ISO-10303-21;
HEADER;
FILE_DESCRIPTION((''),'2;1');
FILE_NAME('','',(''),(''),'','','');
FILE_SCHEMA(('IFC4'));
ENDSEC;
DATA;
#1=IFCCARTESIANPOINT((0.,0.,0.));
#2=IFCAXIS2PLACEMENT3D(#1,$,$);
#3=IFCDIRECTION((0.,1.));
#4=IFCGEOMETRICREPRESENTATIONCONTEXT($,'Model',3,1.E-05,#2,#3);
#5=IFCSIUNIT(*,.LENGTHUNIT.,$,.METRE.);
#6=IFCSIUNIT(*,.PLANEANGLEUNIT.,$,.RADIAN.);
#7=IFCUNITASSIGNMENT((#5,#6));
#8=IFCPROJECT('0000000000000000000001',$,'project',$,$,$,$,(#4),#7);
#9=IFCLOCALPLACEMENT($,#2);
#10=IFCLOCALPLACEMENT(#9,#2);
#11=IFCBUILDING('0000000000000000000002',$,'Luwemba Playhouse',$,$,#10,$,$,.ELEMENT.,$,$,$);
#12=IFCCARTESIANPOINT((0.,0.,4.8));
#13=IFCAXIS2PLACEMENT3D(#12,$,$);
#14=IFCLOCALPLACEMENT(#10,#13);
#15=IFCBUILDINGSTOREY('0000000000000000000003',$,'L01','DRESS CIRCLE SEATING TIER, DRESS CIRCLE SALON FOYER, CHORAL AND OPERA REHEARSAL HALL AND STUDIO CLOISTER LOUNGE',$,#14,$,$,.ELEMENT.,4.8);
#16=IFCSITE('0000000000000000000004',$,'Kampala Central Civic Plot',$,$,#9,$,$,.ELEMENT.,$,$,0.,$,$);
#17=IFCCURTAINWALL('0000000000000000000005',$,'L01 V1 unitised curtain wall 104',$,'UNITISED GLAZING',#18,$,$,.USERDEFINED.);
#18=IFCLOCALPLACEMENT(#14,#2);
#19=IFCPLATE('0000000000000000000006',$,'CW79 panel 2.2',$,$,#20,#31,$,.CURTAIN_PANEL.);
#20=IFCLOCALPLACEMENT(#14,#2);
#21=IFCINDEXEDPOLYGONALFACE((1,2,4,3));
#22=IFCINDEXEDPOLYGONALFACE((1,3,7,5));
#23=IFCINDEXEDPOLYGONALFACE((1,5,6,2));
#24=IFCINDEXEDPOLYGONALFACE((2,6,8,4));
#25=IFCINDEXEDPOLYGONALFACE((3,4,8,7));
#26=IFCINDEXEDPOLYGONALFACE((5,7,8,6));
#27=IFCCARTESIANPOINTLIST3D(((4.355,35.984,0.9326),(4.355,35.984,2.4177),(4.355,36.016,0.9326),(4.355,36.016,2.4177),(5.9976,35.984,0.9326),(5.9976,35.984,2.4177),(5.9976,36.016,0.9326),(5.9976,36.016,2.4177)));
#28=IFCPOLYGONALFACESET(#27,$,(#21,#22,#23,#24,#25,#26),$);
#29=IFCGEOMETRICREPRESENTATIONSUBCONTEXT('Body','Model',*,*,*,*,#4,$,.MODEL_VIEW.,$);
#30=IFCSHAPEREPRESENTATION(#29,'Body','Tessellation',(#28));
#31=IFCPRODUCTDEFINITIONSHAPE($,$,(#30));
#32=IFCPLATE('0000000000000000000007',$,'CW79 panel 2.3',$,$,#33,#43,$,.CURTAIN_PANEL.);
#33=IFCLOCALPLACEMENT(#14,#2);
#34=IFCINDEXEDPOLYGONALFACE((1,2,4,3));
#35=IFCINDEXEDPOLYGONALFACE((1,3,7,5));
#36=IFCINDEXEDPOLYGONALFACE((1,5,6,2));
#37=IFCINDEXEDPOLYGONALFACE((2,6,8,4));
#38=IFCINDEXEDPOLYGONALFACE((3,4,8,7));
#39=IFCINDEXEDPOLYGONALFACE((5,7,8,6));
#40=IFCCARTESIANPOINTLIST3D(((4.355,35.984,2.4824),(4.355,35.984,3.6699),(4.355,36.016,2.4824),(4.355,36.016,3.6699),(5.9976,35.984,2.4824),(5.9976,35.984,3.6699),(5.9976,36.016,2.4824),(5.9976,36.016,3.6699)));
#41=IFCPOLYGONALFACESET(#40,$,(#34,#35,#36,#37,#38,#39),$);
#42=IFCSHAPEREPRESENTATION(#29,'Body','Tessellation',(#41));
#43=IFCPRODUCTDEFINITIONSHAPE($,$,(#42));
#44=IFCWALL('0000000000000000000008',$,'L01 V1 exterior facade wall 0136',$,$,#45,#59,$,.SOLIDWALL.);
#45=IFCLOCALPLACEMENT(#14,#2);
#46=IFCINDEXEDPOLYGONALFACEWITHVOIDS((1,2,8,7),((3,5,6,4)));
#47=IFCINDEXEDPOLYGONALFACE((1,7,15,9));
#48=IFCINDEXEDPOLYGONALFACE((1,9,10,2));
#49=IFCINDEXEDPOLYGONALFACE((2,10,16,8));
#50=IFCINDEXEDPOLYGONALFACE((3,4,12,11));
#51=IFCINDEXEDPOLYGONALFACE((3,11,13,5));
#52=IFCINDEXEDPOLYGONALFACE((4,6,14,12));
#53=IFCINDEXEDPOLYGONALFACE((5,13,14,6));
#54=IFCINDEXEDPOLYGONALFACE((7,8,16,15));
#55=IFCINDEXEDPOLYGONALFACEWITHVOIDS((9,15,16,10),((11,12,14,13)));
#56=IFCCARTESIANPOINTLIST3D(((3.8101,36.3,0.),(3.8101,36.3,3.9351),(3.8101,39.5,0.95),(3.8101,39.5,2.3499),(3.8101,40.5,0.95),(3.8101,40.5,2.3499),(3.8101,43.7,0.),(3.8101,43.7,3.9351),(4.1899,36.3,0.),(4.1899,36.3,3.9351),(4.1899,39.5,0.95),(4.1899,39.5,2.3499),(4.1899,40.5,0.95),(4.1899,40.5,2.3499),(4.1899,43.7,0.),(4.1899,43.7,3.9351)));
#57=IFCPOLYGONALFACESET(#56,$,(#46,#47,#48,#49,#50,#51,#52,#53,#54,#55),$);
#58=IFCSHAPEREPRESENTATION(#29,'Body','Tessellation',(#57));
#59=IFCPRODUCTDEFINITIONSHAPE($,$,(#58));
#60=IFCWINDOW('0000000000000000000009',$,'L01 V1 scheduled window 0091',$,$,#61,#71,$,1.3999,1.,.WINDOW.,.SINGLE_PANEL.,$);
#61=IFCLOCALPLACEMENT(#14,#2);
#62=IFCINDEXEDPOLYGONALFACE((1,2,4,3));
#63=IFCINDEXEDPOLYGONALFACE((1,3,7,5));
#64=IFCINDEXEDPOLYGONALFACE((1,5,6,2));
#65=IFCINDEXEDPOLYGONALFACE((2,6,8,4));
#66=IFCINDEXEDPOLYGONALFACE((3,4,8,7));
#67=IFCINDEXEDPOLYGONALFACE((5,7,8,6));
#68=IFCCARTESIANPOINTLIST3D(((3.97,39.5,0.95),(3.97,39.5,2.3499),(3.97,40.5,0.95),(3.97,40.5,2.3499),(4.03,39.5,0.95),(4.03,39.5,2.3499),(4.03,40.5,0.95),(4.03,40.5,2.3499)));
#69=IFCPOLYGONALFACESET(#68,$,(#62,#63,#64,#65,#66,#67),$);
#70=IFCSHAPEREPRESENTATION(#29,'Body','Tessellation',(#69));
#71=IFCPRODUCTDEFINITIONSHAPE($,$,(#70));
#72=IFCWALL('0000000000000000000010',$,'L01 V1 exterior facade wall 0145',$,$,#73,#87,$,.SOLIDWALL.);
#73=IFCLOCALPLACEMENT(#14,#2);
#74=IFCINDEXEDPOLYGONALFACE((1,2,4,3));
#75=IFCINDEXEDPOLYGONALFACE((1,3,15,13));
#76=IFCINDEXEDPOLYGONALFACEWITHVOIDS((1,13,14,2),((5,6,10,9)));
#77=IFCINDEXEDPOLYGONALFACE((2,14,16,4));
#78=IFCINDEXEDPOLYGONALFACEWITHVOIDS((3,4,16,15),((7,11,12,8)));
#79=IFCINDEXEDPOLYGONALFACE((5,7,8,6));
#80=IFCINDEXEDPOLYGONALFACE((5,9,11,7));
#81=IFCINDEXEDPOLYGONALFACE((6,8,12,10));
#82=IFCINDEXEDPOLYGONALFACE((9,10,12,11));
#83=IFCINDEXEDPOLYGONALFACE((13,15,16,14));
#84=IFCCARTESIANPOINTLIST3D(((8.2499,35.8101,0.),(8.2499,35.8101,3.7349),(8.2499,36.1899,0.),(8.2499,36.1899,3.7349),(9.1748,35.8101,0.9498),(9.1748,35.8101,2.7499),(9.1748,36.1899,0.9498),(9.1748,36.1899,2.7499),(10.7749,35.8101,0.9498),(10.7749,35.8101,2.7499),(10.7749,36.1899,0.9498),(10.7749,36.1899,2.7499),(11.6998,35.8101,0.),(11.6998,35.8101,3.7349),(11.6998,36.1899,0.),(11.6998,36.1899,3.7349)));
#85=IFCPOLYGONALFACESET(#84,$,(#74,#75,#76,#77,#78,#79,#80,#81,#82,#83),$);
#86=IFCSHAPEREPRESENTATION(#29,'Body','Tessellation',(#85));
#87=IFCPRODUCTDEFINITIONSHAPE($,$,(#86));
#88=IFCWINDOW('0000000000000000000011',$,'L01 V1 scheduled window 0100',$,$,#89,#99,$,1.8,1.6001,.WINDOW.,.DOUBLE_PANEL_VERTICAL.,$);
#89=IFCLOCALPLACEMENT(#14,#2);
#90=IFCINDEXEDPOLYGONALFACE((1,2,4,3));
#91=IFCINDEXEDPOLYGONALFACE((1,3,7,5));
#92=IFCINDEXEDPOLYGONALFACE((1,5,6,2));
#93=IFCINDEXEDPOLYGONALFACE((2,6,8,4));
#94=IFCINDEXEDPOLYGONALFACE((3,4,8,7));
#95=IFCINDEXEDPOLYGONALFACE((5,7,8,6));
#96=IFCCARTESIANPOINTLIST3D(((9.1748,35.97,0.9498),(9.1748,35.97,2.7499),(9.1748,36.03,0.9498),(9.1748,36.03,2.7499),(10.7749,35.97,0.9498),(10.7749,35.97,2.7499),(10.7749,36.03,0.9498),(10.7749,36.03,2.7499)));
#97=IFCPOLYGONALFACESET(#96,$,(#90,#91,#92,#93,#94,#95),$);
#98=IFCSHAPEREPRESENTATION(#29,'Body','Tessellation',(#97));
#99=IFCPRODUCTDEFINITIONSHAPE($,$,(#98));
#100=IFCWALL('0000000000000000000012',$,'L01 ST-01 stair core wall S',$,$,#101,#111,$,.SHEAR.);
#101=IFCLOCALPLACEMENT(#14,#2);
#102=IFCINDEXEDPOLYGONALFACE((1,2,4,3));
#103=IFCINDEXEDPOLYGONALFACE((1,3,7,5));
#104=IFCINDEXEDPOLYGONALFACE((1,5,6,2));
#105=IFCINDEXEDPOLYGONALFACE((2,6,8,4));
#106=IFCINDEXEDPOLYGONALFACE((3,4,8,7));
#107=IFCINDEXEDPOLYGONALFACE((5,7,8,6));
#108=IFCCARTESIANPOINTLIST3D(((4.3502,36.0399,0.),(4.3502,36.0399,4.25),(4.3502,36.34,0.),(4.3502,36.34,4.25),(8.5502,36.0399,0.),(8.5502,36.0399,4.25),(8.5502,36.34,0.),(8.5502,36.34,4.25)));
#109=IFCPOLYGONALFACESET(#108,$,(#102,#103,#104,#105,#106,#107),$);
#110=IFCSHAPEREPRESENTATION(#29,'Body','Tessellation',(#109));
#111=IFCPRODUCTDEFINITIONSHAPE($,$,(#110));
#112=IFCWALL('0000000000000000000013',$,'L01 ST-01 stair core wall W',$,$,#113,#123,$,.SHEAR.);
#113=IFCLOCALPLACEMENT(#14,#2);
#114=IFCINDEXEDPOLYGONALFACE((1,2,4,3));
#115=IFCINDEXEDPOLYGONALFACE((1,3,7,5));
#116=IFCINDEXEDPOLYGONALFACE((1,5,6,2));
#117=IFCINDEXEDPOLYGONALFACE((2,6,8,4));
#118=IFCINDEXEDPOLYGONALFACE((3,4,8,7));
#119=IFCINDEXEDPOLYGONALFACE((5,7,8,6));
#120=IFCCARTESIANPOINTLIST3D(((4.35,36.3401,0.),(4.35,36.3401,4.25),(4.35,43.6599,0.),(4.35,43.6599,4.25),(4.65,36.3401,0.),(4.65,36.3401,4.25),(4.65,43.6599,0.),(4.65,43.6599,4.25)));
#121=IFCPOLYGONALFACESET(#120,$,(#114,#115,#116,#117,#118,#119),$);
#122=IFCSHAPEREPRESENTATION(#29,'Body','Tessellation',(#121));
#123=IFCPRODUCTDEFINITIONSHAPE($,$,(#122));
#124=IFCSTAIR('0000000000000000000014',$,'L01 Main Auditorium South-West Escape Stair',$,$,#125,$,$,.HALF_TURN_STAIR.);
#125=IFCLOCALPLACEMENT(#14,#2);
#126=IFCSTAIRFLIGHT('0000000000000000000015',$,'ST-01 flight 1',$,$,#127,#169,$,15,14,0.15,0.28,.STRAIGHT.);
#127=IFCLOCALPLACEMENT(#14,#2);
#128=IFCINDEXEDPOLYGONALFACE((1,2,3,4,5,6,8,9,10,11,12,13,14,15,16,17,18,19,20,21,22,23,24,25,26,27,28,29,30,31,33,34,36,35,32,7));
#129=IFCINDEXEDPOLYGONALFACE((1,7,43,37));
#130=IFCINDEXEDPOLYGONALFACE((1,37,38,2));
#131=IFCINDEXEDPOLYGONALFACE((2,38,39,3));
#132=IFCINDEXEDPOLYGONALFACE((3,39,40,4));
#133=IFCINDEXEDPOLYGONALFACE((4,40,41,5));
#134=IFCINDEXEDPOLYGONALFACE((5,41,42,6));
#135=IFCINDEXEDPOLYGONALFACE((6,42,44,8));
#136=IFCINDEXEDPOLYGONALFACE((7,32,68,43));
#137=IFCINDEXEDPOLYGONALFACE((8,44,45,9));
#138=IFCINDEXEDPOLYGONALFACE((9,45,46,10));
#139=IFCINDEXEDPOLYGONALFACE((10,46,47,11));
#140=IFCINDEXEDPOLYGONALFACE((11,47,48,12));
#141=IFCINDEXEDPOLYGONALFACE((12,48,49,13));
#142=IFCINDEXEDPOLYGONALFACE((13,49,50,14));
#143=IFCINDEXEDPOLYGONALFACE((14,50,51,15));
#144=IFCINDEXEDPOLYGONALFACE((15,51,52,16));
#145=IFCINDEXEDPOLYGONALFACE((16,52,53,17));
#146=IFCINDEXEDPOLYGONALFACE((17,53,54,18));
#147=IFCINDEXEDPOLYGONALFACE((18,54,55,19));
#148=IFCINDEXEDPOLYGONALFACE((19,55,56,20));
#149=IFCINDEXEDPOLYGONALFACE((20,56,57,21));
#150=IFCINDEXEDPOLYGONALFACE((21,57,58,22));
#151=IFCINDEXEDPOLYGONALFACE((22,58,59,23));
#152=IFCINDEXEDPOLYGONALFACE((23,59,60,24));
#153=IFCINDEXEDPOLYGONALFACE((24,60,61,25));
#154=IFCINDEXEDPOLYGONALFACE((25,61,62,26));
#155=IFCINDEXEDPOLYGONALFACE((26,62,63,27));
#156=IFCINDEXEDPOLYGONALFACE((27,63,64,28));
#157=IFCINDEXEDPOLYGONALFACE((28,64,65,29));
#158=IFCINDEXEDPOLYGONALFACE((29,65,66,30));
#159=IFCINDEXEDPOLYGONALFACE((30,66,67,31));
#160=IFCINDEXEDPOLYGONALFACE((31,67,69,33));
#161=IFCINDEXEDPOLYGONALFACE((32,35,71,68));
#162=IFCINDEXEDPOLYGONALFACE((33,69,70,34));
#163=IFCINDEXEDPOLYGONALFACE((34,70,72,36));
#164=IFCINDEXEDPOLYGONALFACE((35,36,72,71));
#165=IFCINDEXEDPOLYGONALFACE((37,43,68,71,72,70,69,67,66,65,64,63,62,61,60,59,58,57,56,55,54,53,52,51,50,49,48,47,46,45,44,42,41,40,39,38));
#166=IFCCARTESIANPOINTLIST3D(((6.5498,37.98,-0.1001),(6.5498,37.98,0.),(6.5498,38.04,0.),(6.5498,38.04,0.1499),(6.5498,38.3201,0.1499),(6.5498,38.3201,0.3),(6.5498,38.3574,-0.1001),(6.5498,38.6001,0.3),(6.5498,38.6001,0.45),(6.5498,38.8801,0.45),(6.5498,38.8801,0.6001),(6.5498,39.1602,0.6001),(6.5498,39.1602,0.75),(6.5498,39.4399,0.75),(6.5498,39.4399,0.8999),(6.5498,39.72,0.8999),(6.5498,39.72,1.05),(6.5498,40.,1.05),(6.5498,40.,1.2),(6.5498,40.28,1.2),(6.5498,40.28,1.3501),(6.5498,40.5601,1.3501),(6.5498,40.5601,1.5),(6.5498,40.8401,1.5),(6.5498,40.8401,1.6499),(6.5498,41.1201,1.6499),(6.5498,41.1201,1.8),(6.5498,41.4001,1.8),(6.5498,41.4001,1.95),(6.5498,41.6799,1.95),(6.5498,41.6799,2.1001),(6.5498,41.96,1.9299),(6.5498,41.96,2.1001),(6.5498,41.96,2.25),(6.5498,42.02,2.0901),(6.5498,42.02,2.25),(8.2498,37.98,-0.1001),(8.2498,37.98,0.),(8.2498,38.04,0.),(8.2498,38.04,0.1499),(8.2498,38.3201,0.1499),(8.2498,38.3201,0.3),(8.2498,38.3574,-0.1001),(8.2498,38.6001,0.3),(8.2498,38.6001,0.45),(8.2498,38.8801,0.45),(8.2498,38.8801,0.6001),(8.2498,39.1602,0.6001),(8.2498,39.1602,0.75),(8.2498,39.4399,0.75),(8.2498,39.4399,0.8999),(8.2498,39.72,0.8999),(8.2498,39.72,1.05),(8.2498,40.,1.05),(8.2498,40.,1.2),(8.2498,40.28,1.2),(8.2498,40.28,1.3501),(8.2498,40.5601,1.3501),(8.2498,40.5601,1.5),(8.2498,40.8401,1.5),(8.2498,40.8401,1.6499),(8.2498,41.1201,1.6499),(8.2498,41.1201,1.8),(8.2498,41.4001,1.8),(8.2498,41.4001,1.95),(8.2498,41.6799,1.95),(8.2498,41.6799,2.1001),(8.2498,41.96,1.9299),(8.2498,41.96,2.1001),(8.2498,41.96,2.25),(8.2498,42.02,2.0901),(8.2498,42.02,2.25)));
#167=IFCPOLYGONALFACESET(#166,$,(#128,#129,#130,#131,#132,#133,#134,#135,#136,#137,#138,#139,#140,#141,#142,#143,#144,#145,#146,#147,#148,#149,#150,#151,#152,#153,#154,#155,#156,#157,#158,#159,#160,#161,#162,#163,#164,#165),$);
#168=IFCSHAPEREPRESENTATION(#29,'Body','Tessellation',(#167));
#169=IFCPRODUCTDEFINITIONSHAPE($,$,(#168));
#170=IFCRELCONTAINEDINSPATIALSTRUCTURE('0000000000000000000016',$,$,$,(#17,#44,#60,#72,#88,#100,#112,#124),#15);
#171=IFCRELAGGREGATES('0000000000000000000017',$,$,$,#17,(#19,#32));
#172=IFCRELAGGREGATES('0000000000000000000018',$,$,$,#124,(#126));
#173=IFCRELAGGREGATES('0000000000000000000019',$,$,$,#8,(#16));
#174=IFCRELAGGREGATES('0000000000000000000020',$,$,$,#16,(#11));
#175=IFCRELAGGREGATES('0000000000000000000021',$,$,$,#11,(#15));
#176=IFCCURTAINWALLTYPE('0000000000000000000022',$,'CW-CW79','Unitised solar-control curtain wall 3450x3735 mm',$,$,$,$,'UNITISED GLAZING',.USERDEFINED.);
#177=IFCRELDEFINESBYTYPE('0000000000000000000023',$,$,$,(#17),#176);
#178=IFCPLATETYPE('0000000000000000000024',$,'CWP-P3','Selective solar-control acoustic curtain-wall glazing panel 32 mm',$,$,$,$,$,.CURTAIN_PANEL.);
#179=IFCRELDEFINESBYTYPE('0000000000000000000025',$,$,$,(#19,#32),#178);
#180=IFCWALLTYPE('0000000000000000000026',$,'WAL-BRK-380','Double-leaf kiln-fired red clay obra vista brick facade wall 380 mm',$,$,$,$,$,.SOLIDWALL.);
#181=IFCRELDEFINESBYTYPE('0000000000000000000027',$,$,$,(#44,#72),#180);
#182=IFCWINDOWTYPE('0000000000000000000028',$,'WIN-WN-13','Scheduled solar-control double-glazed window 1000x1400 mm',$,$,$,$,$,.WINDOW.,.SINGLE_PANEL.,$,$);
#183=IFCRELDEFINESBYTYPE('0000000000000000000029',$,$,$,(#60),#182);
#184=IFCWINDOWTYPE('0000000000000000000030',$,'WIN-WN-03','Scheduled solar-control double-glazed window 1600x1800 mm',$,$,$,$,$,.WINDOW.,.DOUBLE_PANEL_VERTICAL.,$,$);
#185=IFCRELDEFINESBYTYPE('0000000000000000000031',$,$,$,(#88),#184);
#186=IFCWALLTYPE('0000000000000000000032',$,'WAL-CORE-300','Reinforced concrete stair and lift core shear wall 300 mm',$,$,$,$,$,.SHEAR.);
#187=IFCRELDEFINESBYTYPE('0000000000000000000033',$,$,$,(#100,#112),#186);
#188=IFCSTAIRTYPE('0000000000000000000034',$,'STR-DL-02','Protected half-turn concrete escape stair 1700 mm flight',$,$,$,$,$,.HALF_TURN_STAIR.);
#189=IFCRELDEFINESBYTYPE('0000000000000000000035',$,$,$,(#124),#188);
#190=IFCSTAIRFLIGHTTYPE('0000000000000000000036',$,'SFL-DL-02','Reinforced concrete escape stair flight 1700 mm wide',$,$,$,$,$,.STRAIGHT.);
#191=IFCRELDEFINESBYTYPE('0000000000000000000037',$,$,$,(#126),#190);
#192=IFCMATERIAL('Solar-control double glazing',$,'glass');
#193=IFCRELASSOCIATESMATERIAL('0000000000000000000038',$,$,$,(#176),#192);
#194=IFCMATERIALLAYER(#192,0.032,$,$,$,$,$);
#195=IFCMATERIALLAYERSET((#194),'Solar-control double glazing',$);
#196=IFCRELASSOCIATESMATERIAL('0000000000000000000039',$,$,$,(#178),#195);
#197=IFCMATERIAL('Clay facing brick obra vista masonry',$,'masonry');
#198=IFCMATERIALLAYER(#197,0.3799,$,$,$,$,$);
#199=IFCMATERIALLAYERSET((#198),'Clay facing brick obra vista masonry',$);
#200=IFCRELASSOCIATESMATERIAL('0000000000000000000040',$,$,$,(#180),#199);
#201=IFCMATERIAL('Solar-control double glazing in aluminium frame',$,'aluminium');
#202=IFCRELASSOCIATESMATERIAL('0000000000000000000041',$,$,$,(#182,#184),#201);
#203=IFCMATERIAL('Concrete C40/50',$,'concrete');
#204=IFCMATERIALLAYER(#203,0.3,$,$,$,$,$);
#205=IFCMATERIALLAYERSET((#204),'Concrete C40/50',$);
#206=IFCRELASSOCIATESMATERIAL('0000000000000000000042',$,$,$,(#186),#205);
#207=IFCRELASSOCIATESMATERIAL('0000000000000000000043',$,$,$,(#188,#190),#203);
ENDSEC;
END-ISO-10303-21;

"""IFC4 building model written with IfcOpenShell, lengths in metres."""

from ifc_helpers import new_model, si_unit, direction, frame, frame_2d, origin, origin_2d, place, context, subcontext, project, spatial, polyline, rectangle, outline, extrude, material, layer, layer_set, type_object, element, fill, aggregate, save


model = new_model("IFC4")

# Units and contexts
model_context = context("Model", 3, precision=1e-05, world=origin(), true_north=direction((0.0, 1.0)))
body_context = subcontext(model_context, "Body", "Model", "MODEL_VIEW")
ifc_project = project(units=[si_unit("LENGTHUNIT", "METRE"), si_unit("PLANEANGLEUNIT", "RADIAN")], contexts=[model_context])

# Site, building, storey
site_placement = place(None, origin())
site = spatial("IfcSite", under=ifc_project, at=site_placement, Name="Kampala Central Civic Plot", CompositionType="ELEMENT", RefElevation=0.0)
building_placement = place(site_placement, origin())
building = spatial("IfcBuilding", under=site, at=building_placement, Name="Luwemba Playhouse", CompositionType="ELEMENT")
storey_placement = place(building_placement, frame((0.0, 0.0, 4.8)))
storey = spatial("IfcBuildingStorey", under=building, at=storey_placement, Name="L01", Description="DRESS CIRCLE SEATING TIER, DRESS CIRCLE SALON FOYER, CHORAL AND OPERA REHEARSAL HALL AND STUDIO CLOISTER LOUNGE", CompositionType="ELEMENT", Elevation=4.8)

# Shared definitions
ifc_material_1 = material(Name="Concrete C40/50", Category="concrete")

# Curtain wall, plates
ifc_material_2 = material(Name="Solar-control double glazing", Category="glass")
curtain_wall_type = type_object("IfcCurtainWallType", Name="CW-CW79", Description="Unitised solar-control curtain wall 3450x3735 mm", ElementType="UNITISED GLAZING", PredefinedType="USERDEFINED", material=ifc_material_2)
curtain_wall_placement = place(storey_placement, origin())
curtain_wall = element("IfcCurtainWall", 1, at=curtain_wall_placement, inside=storey, type_object=curtain_wall_type, Name="L01 V1 unitised curtain wall 104", ObjectType="UNITISED GLAZING", PredefinedType="USERDEFINED")
ifc_layer_1 = layer(ifc_material_2, 0.032)
ifc_layer_set_1 = layer_set([ifc_layer_1], Name="Solar-control double glazing")
plate_type = type_object("IfcPlateType", Name="CWP-P3", Description="Selective solar-control acoustic curtain-wall glazing panel 32 mm", PredefinedType="CURTAIN_PANEL", material=ifc_layer_set_1)
plate_1_placement = place(storey_placement, frame((5.1763, 36.0, 0.9326), z_axis=(0.0, 0.0, 1.0), x_axis=(-1.0, 0.0, 0.0)))
plate_1 = element("IfcPlate", 2, at=plate_1_placement, type_object=plate_type, Name="CW79 panel 2.2", PredefinedType="CURTAIN_PANEL", context=body_context, shape_type="SweptSolid", body=[
    extrude(rectangle(XDim=1.6426, YDim=0.032, at=origin_2d()), origin(), (0.0, 0.0, 1.0), 1.4851),
])
plate_2_placement = place(storey_placement, frame((5.1763, 36.0, 2.4824), z_axis=(0.0, 0.0, 1.0), x_axis=(-1.0, 0.0, 0.0)))
plate_2 = element("IfcPlate", 3, at=plate_2_placement, type_object=plate_type, Name="CW79 panel 2.3", PredefinedType="CURTAIN_PANEL", context=body_context, shape_type="SweptSolid", body=[
    extrude(rectangle(XDim=1.6426, YDim=0.032, at=origin_2d()), origin(), (0.0, 0.0, 1.0), 1.1875),
])
aggregate(curtain_wall, [plate_1, plate_2])

# Walls, openings, windows
ifc_material_3 = material(Name="Clay facing brick obra vista masonry", Category="masonry")
ifc_layer_2 = layer(ifc_material_3, 0.3799)
ifc_layer_set_2 = layer_set([ifc_layer_2], Name="Clay facing brick obra vista masonry")
wall_type_1 = type_object("IfcWallType", Name="WAL-BRK-380", Description="Double-leaf kiln-fired red clay obra vista brick facade wall 380 mm", PredefinedType="SOLIDWALL", material=ifc_layer_set_2)
wall_1_placement = place(storey_placement, frame((4.0, 36.3, 0.0), z_axis=(0.0, 0.0, 1.0), x_axis=(0.0, 1.0, 0.0)))
wall_1 = element("IfcWall", 4, at=wall_1_placement, inside=storey, type_object=wall_type_1, Name="L01 V1 exterior facade wall 0136", PredefinedType="SOLIDWALL", context=body_context, shape_type="SweptSolid", body=[
    extrude(rectangle(XDim=7.3999, YDim=0.3799, at=frame_2d((3.7, 0.0))), origin(), (0.0, 0.0, 1.0), 3.9351),
])
opening_1_placement = place(wall_1_placement, frame((3.2, 0.0, 0.95)))
opening_1 = element("IfcOpeningElement", 5, at=opening_1_placement, cuts=wall_1, PredefinedType="OPENING", context=body_context, shape_type="SweptSolid", body=[
    extrude(rectangle(XDim=1.0, YDim=1.3999, at=frame_2d((0.5, 0.7))), frame((0.0, 0.2, 0.0), z_axis=(0.0, -1.0, 0.0), x_axis=(1.0, 0.0, 0.0)), (0.0, 0.0, 1.0), 0.3999),
])
ifc_material_4 = material(Name="Solar-control double glazing in aluminium frame", Category="aluminium")
window_type_1 = type_object("IfcWindowType", Name="WIN-WN-13", Description="Scheduled solar-control double-glazed window 1000x1400 mm", PartitioningType="SINGLE_PANEL", PredefinedType="WINDOW", material=ifc_material_4)
window_1_placement = place(opening_1_placement, origin())
window_1 = element("IfcWindow", 6, at=window_1_placement, inside=storey, type_object=window_type_1, Name="L01 V1 scheduled window 0091", OverallHeight=1.3999, OverallWidth=1.0, PartitioningType="SINGLE_PANEL", PredefinedType="WINDOW", context=body_context, shape_type="SweptSolid", body=[
    extrude(rectangle(XDim=1.0, YDim=1.3999, at=frame_2d((0.5, 0.7))), frame((0.0, 0.03, 0.0), z_axis=(0.0, -1.0, 0.0), x_axis=(1.0, 0.0, 0.0)), (0.0, 0.0, 1.0), 0.0601),
])
fill(opening_1, window_1)
wall_2_placement = place(storey_placement, frame((11.7, 36.0, 0.0), z_axis=(0.0, 0.0, 1.0), x_axis=(-1.0, 0.0, 0.0)))
wall_2 = element("IfcWall", 7, at=wall_2_placement, inside=storey, type_object=wall_type_1, Name="L01 V1 exterior facade wall 0145", PredefinedType="SOLIDWALL", context=body_context, shape_type="SweptSolid", body=[
    extrude(rectangle(XDim=3.45, YDim=0.3799, at=frame_2d((1.7251, 0.0))), origin(), (0.0, 0.0, 1.0), 3.7349),
])
opening_2_placement = place(wall_2_placement, frame((0.925, 0.0, 0.95)))
opening_2 = element("IfcOpeningElement", 8, at=opening_2_placement, cuts=wall_2, PredefinedType="OPENING", context=body_context, shape_type="SweptSolid", body=[
    extrude(rectangle(XDim=1.6001, YDim=1.8, at=frame_2d((0.8, 0.8999))), frame((0.0, 0.2, 0.0), z_axis=(0.0, -1.0, 0.0), x_axis=(1.0, 0.0, 0.0)), (0.0, 0.0, 1.0), 0.3999),
])
window_type_2 = type_object("IfcWindowType", Name="WIN-WN-03", Description="Scheduled solar-control double-glazed window 1600x1800 mm", PartitioningType="DOUBLE_PANEL_VERTICAL", PredefinedType="WINDOW", material=ifc_material_4)
window_2_placement = place(opening_2_placement, origin())
window_2 = element("IfcWindow", 9, at=window_2_placement, inside=storey, type_object=window_type_2, Name="L01 V1 scheduled window 0100", OverallHeight=1.8, OverallWidth=1.6001, PartitioningType="DOUBLE_PANEL_VERTICAL", PredefinedType="WINDOW", context=body_context, shape_type="SweptSolid", body=[
    extrude(rectangle(XDim=1.6001, YDim=1.8, at=frame_2d((0.8, 0.8999))), frame((0.0, 0.03, 0.0), z_axis=(0.0, -1.0, 0.0), x_axis=(1.0, 0.0, 0.0)), (0.0, 0.0, 1.0), 0.0601),
])
fill(opening_2, window_2)

# Walls
ifc_layer_3 = layer(ifc_material_1, 0.3)
ifc_layer_set_3 = layer_set([ifc_layer_3], Name="Concrete C40/50")
wall_type_2 = type_object("IfcWallType", Name="WAL-CORE-300", Description="Reinforced concrete stair and lift core shear wall 300 mm", PredefinedType="SHEAR", material=ifc_layer_set_3)
wall_3_placement = place(storey_placement, frame((4.3501, 36.1899, 0.0), z_axis=(0.0, 0.0, 1.0), x_axis=(1.0, 0.0, 0.0)))
element("IfcWall", 10, at=wall_3_placement, inside=storey, type_object=wall_type_2, Name="L01 ST-01 stair core wall S", PredefinedType="SHEAR", context=body_context, shape_type="SweptSolid", body=[
    extrude(rectangle(XDim=4.2, YDim=0.3, at=frame_2d((2.1001, 0.0))), origin(), (0.0, 0.0, 1.0), 4.25),
])
wall_4_placement = place(storey_placement, frame((4.5, 36.3401, 0.0), z_axis=(0.0, 0.0, 1.0), x_axis=(0.0, 1.0, 0.0)))
element("IfcWall", 11, at=wall_4_placement, inside=storey, type_object=wall_type_2, Name="L01 ST-01 stair core wall W", PredefinedType="SHEAR", context=body_context, shape_type="SweptSolid", body=[
    extrude(rectangle(XDim=7.3198, YDim=0.3, at=frame_2d((3.6599, 0.0))), origin(), (0.0, 0.0, 1.0), 4.25),
])

# Stair, stair flight
stair_type = type_object("IfcStairType", Name="STR-DL-02", Description="Protected half-turn concrete escape stair 1700 mm flight", PredefinedType="HALF_TURN_STAIR", material=ifc_material_1)
stair_placement = place(storey_placement, origin())
stair = element("IfcStair", 12, at=stair_placement, inside=storey, type_object=stair_type, Name="L01 Main Auditorium South-West Escape Stair", PredefinedType="HALF_TURN_STAIR")
stair_flight_type = type_object("IfcStairFlightType", Name="SFL-DL-02", Description="Reinforced concrete escape stair flight 1700 mm wide", PredefinedType="STRAIGHT", material=ifc_material_1)
stair_flight_placement = place(storey_placement, frame((7.3999, 38.04, 0.0), z_axis=(0.0, 0.0, 1.0), x_axis=(0.0, 1.0, 0.0)))
stair_flight = element("IfcStairFlight", 13, at=stair_flight_placement, type_object=stair_flight_type, Name="ST-01 flight 1", NumberOfRisers=15, NumberOfTreads=14, PredefinedType="STRAIGHT", RiserHeight=0.15, TreadLength=0.28, context=body_context, shape_type="SweptSolid", body=[
    extrude(outline(polyline([(-0.0601, -0.1001), (-0.0601, 0.0), (0.0, 0.0), (0.0, 0.1499), (0.28, 0.1499), (0.28, 0.3), (0.5601, 0.3), (0.5601, 0.45), (0.8401, 0.45), (0.8401, 0.6001), (1.1201, 0.6001), (1.1201, 0.75), (1.3999, 0.75), (1.3999, 0.8999), (1.6799, 0.8999), (1.6799, 1.05), (1.96, 1.05), (1.96, 1.2), (2.24, 1.2), (2.24, 1.3501), (2.52, 1.3501), (2.52, 1.5), (2.8, 1.5), (2.8, 1.6499), (3.0801, 1.6499), (3.0801, 1.8), (3.3601, 1.8), (3.3601, 1.95), (3.6399, 1.95), (3.6399, 2.1001), (3.9199, 2.1001), (3.9199, 2.25), (3.98, 2.25), (3.98, 2.0901), (3.9199, 1.9299), (0.3174, -0.1001), (-0.0601, -0.1001)])), frame((0.0, 0.8501, 0.0), z_axis=(0.0, -1.0, 0.0), x_axis=(1.0, 0.0, 0.0)), (0.0, 0.0, 1.0), 1.7),
])
aggregate(stair, [stair_flight])

save(model, "model.ifc")
